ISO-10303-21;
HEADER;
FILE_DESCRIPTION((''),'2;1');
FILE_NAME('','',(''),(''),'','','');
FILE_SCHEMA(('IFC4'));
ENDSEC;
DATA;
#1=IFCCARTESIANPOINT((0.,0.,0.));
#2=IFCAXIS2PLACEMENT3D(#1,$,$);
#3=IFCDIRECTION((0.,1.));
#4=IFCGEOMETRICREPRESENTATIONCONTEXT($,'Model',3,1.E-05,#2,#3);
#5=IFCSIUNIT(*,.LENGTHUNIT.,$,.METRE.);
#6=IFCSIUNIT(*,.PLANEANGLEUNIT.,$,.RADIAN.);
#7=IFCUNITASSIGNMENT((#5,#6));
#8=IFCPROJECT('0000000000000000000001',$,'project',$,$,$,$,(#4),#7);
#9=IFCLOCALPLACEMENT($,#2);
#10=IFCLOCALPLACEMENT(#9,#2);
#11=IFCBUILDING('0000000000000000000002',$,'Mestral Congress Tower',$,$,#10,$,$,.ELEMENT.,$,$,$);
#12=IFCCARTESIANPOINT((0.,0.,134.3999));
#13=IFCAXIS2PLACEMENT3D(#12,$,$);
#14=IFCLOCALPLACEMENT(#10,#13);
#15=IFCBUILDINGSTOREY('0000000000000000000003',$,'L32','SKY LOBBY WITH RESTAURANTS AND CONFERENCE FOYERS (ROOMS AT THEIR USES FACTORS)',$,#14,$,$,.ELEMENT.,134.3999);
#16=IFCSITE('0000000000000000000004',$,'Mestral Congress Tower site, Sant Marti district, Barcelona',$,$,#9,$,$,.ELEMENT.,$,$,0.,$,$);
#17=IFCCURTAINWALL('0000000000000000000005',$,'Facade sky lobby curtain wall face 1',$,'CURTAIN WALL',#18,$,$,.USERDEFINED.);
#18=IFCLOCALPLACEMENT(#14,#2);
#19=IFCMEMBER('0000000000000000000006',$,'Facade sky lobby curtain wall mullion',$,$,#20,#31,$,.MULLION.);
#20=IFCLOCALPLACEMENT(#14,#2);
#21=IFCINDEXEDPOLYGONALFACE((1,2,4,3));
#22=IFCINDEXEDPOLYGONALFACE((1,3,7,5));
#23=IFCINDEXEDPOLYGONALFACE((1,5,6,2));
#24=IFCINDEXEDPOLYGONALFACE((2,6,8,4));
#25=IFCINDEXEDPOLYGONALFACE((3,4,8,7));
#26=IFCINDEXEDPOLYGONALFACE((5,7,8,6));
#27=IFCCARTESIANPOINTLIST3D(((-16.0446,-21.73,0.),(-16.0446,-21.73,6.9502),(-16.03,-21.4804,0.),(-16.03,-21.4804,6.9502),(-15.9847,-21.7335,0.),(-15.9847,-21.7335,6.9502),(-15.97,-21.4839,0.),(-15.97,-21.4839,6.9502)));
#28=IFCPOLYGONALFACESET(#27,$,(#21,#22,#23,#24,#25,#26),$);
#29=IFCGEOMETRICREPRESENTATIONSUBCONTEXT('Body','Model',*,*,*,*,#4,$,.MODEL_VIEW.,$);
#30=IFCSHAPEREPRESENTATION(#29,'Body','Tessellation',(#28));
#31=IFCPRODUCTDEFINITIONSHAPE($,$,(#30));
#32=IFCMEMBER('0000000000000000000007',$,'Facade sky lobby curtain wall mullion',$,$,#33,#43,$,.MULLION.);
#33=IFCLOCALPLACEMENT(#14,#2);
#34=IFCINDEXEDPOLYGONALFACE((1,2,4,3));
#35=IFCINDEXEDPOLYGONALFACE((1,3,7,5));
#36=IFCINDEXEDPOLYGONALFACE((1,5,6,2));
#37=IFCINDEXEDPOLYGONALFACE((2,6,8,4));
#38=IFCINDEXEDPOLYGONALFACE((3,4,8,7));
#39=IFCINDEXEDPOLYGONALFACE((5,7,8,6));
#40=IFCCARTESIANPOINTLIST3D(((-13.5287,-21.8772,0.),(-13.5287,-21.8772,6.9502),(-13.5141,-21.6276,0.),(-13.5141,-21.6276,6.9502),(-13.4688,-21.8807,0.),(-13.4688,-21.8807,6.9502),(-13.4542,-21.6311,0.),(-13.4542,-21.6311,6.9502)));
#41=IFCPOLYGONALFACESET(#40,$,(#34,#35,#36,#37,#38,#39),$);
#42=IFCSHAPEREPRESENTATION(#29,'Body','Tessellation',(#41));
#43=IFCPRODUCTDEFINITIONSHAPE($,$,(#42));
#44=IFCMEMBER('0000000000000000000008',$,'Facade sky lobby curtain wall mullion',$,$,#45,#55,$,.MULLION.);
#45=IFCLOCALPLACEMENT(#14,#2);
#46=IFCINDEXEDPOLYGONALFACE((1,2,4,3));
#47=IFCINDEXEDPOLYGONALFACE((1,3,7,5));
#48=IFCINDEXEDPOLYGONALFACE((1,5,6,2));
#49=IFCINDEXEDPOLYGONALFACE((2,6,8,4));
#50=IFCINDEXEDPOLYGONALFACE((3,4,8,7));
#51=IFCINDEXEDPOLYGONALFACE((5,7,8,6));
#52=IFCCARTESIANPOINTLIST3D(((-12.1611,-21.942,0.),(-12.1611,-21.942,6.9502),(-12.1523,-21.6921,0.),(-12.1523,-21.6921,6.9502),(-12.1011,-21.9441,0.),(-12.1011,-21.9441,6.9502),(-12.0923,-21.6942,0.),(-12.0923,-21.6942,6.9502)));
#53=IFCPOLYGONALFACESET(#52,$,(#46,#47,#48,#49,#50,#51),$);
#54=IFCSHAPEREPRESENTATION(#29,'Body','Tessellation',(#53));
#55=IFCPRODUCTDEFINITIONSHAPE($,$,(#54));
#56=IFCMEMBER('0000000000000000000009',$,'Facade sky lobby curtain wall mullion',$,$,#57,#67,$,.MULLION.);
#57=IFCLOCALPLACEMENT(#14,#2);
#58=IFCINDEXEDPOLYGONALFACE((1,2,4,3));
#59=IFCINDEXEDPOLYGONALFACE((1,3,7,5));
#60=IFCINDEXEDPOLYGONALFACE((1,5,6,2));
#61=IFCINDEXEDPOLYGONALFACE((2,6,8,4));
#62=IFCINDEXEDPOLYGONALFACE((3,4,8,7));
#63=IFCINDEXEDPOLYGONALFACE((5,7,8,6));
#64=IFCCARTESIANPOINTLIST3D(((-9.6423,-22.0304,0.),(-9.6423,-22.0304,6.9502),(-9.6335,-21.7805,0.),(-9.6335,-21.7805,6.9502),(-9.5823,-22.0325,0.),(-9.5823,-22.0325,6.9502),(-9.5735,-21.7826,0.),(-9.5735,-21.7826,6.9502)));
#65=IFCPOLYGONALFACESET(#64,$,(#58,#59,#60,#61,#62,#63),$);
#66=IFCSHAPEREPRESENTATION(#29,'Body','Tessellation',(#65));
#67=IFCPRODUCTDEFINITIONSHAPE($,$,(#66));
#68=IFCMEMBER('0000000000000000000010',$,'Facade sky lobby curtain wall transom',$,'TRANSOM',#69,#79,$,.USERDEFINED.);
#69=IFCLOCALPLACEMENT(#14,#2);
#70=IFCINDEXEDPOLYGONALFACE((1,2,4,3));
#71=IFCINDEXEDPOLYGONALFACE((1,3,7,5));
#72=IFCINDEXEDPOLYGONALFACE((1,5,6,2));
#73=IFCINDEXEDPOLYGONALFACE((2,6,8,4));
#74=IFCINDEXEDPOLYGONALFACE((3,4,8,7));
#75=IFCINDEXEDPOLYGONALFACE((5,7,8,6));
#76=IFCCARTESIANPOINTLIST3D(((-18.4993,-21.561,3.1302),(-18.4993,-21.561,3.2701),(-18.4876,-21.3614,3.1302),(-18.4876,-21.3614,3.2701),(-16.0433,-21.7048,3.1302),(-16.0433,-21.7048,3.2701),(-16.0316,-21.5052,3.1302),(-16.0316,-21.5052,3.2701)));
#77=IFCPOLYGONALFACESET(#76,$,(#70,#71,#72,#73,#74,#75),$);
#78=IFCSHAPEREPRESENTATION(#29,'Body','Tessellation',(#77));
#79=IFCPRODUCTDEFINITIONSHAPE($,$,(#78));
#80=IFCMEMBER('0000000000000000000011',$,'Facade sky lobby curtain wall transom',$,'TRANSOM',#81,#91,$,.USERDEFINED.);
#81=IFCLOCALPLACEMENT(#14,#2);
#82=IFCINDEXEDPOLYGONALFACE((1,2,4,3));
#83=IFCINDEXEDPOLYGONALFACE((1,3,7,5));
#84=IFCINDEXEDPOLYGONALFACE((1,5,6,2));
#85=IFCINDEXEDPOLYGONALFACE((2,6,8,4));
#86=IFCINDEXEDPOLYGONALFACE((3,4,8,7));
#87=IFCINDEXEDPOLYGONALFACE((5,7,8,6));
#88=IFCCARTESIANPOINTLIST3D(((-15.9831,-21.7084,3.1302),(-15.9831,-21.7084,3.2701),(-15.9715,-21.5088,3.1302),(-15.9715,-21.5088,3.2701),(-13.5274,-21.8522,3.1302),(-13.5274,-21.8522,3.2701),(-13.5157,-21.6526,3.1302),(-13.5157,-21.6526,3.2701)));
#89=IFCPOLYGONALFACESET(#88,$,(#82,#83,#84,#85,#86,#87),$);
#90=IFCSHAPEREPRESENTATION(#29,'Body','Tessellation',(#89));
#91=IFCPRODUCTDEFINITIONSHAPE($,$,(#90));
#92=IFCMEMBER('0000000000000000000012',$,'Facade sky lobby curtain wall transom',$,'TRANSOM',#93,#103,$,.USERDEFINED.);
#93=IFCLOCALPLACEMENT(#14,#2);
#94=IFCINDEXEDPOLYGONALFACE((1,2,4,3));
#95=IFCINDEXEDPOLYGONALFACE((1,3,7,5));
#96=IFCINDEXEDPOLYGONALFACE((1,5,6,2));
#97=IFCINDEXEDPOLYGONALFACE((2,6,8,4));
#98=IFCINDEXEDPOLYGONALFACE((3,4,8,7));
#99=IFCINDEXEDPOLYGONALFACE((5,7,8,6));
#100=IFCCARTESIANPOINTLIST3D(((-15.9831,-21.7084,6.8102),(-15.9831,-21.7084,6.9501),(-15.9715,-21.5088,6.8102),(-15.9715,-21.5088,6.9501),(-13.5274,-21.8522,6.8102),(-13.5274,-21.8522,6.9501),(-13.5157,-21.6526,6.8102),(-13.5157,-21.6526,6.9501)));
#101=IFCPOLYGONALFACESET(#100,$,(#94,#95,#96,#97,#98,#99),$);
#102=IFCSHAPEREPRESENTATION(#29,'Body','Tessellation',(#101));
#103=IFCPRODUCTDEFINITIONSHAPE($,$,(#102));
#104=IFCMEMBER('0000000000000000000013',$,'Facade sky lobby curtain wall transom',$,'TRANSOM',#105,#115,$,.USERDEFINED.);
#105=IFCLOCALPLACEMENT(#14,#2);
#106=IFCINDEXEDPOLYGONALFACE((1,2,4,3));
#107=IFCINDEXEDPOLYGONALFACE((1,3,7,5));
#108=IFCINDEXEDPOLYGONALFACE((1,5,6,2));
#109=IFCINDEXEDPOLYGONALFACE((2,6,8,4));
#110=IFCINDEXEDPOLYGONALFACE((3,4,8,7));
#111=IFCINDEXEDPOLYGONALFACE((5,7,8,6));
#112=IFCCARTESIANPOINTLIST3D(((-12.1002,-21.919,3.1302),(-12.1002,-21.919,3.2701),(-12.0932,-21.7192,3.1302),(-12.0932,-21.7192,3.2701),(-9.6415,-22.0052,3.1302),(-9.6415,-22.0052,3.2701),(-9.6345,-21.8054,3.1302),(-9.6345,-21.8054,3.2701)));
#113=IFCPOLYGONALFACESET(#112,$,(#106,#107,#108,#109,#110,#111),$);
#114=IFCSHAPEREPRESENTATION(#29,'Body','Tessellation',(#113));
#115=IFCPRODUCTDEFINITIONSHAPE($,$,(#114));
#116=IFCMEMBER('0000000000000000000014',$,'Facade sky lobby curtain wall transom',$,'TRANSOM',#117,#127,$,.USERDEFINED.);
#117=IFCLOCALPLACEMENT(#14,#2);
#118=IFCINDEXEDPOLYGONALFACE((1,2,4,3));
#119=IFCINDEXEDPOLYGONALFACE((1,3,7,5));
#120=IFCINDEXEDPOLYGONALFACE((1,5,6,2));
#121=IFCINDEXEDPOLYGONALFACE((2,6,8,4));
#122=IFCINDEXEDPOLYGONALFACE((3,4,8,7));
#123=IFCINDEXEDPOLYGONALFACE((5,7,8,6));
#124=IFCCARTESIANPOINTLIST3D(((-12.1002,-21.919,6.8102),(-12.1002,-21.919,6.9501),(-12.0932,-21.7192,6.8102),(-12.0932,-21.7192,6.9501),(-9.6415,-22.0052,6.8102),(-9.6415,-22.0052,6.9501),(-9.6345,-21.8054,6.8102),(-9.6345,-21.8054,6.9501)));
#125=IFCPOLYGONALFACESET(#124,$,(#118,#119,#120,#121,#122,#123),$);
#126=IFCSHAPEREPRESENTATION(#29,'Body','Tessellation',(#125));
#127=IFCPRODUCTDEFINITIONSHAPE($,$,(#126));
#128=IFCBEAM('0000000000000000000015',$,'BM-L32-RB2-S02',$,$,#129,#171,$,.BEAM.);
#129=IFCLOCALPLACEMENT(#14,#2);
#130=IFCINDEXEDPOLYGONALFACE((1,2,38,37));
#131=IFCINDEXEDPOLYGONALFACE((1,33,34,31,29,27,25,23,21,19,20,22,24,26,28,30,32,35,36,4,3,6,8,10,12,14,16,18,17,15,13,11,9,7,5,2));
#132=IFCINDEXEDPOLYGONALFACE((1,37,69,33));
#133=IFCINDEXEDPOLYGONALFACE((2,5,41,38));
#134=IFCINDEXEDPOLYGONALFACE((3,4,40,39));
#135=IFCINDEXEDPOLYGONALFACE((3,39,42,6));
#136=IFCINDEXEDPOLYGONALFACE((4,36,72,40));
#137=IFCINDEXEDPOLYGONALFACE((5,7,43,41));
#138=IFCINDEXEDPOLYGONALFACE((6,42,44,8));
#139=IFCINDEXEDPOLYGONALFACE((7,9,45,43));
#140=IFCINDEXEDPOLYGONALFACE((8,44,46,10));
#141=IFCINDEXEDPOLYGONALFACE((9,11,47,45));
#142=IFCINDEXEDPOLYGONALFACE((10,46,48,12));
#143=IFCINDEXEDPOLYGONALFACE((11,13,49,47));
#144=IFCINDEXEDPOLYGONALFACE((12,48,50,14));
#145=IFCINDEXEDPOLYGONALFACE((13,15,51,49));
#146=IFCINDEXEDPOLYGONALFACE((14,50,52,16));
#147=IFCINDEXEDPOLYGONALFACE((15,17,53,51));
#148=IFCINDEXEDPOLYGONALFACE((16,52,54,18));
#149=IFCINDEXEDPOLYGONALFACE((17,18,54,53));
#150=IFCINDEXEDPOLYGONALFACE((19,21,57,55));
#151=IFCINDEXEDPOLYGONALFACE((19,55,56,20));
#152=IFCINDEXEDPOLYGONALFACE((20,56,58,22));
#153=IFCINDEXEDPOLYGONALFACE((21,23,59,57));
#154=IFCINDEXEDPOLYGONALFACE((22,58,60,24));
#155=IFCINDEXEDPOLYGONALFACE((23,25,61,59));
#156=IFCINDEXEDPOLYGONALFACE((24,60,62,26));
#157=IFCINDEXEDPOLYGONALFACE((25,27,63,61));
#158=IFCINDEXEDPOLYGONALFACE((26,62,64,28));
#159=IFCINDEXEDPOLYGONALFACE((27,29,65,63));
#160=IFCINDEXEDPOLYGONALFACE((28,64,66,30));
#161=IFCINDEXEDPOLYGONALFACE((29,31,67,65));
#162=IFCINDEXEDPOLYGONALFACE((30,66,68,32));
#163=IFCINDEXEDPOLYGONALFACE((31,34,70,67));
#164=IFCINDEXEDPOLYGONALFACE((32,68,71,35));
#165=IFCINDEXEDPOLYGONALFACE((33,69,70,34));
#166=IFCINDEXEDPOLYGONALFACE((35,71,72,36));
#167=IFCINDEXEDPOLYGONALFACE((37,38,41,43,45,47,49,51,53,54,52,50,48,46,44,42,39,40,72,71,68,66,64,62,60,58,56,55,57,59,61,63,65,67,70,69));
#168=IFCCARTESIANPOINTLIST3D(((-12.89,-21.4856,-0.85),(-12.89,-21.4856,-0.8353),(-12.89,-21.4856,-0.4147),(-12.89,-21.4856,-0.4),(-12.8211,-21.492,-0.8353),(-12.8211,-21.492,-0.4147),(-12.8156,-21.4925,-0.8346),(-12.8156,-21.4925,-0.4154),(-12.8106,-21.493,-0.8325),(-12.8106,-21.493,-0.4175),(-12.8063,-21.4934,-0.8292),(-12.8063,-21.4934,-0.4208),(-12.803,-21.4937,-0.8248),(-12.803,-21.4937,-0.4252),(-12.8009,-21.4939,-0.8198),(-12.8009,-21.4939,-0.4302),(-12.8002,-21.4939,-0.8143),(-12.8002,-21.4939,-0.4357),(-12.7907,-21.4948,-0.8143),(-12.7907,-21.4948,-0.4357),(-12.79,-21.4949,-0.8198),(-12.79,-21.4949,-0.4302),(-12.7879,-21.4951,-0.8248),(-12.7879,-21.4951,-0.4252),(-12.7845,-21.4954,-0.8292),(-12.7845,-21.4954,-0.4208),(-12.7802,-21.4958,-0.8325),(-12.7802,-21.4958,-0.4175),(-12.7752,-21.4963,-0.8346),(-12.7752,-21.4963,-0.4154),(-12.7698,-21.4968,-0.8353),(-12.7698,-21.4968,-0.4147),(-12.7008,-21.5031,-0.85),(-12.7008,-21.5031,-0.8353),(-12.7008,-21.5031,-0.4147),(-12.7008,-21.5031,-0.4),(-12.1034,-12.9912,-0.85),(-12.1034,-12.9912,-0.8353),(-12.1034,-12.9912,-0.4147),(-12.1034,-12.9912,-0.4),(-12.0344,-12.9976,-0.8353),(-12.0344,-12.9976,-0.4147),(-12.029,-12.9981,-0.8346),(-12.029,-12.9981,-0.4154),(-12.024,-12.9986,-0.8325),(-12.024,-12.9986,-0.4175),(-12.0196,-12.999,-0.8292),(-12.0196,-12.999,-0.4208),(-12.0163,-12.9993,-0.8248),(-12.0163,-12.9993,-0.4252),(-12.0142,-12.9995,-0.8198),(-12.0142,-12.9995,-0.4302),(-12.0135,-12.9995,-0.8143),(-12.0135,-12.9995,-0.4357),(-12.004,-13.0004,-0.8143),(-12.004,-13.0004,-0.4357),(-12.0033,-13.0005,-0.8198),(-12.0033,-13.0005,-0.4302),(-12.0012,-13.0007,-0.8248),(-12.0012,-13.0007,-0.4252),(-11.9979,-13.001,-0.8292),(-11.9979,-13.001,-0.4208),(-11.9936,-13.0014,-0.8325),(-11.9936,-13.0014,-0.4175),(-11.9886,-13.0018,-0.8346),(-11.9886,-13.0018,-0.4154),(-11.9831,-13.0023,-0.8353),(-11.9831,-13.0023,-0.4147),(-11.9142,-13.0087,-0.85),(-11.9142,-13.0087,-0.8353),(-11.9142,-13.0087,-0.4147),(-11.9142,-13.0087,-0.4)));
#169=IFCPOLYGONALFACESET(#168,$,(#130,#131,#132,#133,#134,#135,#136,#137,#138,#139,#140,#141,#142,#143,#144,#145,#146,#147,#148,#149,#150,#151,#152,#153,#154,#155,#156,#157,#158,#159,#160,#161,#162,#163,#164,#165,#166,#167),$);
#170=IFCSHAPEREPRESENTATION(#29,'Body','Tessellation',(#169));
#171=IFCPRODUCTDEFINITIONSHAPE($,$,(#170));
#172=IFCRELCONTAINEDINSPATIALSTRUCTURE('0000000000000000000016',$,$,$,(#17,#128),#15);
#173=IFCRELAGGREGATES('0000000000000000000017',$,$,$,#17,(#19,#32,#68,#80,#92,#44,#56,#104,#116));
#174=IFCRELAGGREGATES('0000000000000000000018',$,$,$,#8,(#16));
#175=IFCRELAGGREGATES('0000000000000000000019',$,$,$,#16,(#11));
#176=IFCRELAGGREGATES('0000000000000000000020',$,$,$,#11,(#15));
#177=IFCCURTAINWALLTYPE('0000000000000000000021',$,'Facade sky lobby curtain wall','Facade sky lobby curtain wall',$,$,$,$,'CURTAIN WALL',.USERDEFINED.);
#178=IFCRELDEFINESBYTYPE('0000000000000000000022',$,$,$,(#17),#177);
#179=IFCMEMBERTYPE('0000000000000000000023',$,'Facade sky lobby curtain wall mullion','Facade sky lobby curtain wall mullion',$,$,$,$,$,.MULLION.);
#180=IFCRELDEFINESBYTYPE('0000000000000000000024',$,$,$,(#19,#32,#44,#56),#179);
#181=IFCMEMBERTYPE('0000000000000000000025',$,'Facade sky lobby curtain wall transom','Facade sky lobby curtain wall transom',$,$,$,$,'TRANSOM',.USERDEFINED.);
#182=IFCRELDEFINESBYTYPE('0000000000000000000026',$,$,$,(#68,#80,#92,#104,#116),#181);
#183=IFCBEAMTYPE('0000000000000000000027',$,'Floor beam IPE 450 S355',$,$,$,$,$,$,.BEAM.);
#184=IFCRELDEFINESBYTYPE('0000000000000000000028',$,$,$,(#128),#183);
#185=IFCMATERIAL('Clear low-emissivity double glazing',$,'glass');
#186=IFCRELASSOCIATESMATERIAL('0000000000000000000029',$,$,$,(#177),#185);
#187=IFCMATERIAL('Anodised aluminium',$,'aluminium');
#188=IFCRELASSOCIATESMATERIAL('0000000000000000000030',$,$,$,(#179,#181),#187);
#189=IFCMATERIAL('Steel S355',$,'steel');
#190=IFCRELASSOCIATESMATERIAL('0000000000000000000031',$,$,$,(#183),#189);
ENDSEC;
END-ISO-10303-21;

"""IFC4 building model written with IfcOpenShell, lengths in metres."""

from ifc_helpers import new_model, si_unit, direction, frame, origin, origin_2d, place, context, subcontext, project, spatial, rectangle, i_section, extrude, material, material_profile, profile_set, type_object, element, aggregate, save


model = new_model("IFC4")

# Units and contexts
model_context = context("Model", 3, precision=1e-05, world=origin(), true_north=direction((0.0, 1.0)))
body_context = subcontext(model_context, "Body", "Model", "MODEL_VIEW")
ifc_project = project(units=[si_unit("LENGTHUNIT", "METRE"), si_unit("PLANEANGLEUNIT", "RADIAN")], contexts=[model_context])

# Site, building, storey
site_placement = place(None, origin())
site = spatial("IfcSite", under=ifc_project, at=site_placement, Name="Mestral Congress Tower site, Sant Marti district, Barcelona", CompositionType="ELEMENT", RefElevation=0.0)
building_placement = place(site_placement, origin())
building = spatial("IfcBuilding", under=site, at=building_placement, Name="Mestral Congress Tower", CompositionType="ELEMENT")
storey_placement = place(building_placement, frame((0.0, 0.0, 134.3999)))
storey = spatial("IfcBuildingStorey", under=building, at=storey_placement, Name="L32", Description="SKY LOBBY WITH RESTAURANTS AND CONFERENCE FOYERS (ROOMS AT THEIR USES FACTORS)", CompositionType="ELEMENT", Elevation=134.3999)

# Shared definitions
ifc_material_1 = material(Name="Steel S355", Category="steel")

# Curtain wall, members
ifc_material_2 = material(Name="Clear low-emissivity double glazing", Category="glass")
curtain_wall_type = type_object("IfcCurtainWallType", Name="Facade sky lobby curtain wall", Description="Facade sky lobby curtain wall", ElementType="CURTAIN WALL", PredefinedType="USERDEFINED", material=ifc_material_2)
curtain_wall_placement = place(storey_placement, origin())
curtain_wall = element("IfcCurtainWall", 1, at=curtain_wall_placement, inside=storey, type_object=curtain_wall_type, Name="Facade sky lobby curtain wall face 1", ObjectType="CURTAIN WALL", PredefinedType="USERDEFINED")
ifc_material_3 = material(Name="Anodised aluminium", Category="aluminium")
ifc_material_profile_1 = material_profile(ifc_material_3, rectangle(XDim=0.25, YDim=0.0601, at=origin_2d()), Name="CW1 mullion 250 x 60")
ifc_profile_set_1 = profile_set([ifc_material_profile_1], Name="Anodised aluminium")
member_type_1 = type_object("IfcMemberType", Name="Facade sky lobby curtain wall mullion", Description="Facade sky lobby curtain wall mullion", PredefinedType="MULLION", material=ifc_profile_set_1)
member_1_placement = place(storey_placement, frame((-16.0073, -21.6069, 0.0), z_axis=(0.0, 0.0, 1.0), x_axis=(-0.058437, -0.998291, 0.0)))
member_1 = element("IfcMember", 2, at=member_1_placement, type_object=member_type_1, Name="Facade sky lobby curtain wall mullion", PredefinedType="MULLION", context=body_context, shape_type="SweptSolid", body=[
    extrude(rectangle(XDim=0.25, YDim=0.0601, at=origin_2d()), origin(), (0.0, 0.0, 1.0), 6.9502),
])
member_2_placement = place(storey_placement, frame((-13.4915, -21.7542, 0.0), z_axis=(0.0, 0.0, 1.0), x_axis=(-0.058437, -0.998291, 0.0)))
member_2 = element("IfcMember", 3, at=member_2_placement, type_object=member_type_1, Name="Facade sky lobby curtain wall mullion", PredefinedType="MULLION", context=body_context, shape_type="SweptSolid", body=[
    extrude(rectangle(XDim=0.25, YDim=0.0601, at=origin_2d()), origin(), (0.0, 0.0, 1.0), 6.9502),
])
member_3_placement = place(storey_placement, frame((-12.1267, -21.8181, 0.0), z_axis=(0.0, 0.0, 1.0), x_axis=(-0.035067, -0.999385, 0.0)))
member_3 = element("IfcMember", 4, at=member_3_placement, type_object=member_type_1, Name="Facade sky lobby curtain wall mullion", PredefinedType="MULLION", context=body_context, shape_type="SweptSolid", body=[
    extrude(rectangle(XDim=0.25, YDim=0.0601, at=origin_2d()), origin(), (0.0, 0.0, 1.0), 6.9502),
])
member_4_placement = place(storey_placement, frame((-9.6079, -21.9065, 0.0), z_axis=(0.0, 0.0, 1.0), x_axis=(-0.035067, -0.999385, 0.0)))
member_4 = element("IfcMember", 5, at=member_4_placement, type_object=member_type_1, Name="Facade sky lobby curtain wall mullion", PredefinedType="MULLION", context=body_context, shape_type="SweptSolid", body=[
    extrude(rectangle(XDim=0.25, YDim=0.0601, at=origin_2d()), origin(), (0.0, 0.0, 1.0), 6.9502),
])
ifc_material_profile_2 = material_profile(ifc_material_3, rectangle(XDim=0.2, YDim=0.1399, at=origin_2d()), Name="CW1 transom 200 x 140")
ifc_profile_set_2 = profile_set([ifc_material_profile_2], Name="Anodised aluminium")
member_type_2 = type_object("IfcMemberType", Name="Facade sky lobby curtain wall transom", Description="Facade sky lobby curtain wall transom", ElementType="TRANSOM", PredefinedType="USERDEFINED", material=ifc_profile_set_2)
member_5_placement = place(storey_placement, frame((-18.4934, -21.4612, 3.2002), z_axis=(0.99829, -0.058449, 0.0), x_axis=(0.058449, 0.99829, 0.0)))
member_5 = element("IfcMember", 6, at=member_5_placement, type_object=member_type_2, Name="Facade sky lobby curtain wall transom", ObjectType="TRANSOM", PredefinedType="USERDEFINED", context=body_context, shape_type="SweptSolid", body=[
    extrude(rectangle(XDim=0.2, YDim=0.1399, at=origin_2d()), origin(), (0.0, 0.0, 1.0), 2.4602),
])
member_6_placement = place(storey_placement, frame((-15.9773, -21.6086, 3.2002), z_axis=(0.99829, -0.058454, 0.0), x_axis=(0.058454, 0.99829, 0.0)))
member_6 = element("IfcMember", 7, at=member_6_placement, type_object=member_type_2, Name="Facade sky lobby curtain wall transom", ObjectType="TRANSOM", PredefinedType="USERDEFINED", context=body_context, shape_type="SweptSolid", body=[
    extrude(rectangle(XDim=0.2, YDim=0.1399, at=origin_2d()), origin(), (0.0, 0.0, 1.0), 2.46),
])
member_7_placement = place(storey_placement, frame((-15.9773, -21.6086, 6.8801), z_axis=(0.99829, -0.058454, 0.0), x_axis=(0.058454, 0.99829, 0.0)))
member_7 = element("IfcMember", 8, at=member_7_placement, type_object=member_type_2, Name="Facade sky lobby curtain wall transom", ObjectType="TRANSOM", PredefinedType="USERDEFINED", context=body_context, shape_type="SweptSolid", body=[
    extrude(rectangle(XDim=0.2, YDim=0.1399, at=origin_2d()), origin(), (0.0, 0.0, 1.0), 2.46),
])
member_8_placement = place(storey_placement, frame((-12.0967, -21.8191, 3.2002), z_axis=(0.999386, -0.03503, 0.0), x_axis=(0.03503, 0.999386, 0.0)))
member_8 = element("IfcMember", 9, at=member_8_placement, type_object=member_type_2, Name="Facade sky lobby curtain wall transom", ObjectType="TRANSOM", PredefinedType="USERDEFINED", context=body_context, shape_type="SweptSolid", body=[
    extrude(rectangle(XDim=0.2, YDim=0.1399, at=origin_2d()), origin(), (0.0, 0.0, 1.0), 2.4602),
])
member_9_placement = place(storey_placement, frame((-12.0967, -21.8191, 6.8801), z_axis=(0.999386, -0.03503, 0.0), x_axis=(0.03503, 0.999386, 0.0)))
member_9 = element("IfcMember", 10, at=member_9_placement, type_object=member_type_2, Name="Facade sky lobby curtain wall transom", ObjectType="TRANSOM", PredefinedType="USERDEFINED", context=body_context, shape_type="SweptSolid", body=[
    extrude(rectangle(XDim=0.2, YDim=0.1399, at=origin_2d()), origin(), (0.0, 0.0, 1.0), 2.4602),
])

# Beam
ifc_material_profile_3 = material_profile(ifc_material_1, i_section(OverallWidth=0.1899, OverallDepth=0.45, WebThickness=0.0095, FlangeThickness=0.0146, FilletRadius=0.021, at=origin_2d()), Name="IPE 450")
ifc_profile_set_3 = profile_set([ifc_material_profile_3], Name="Steel S355")
beam_type_1 = type_object("IfcBeamType", Name="Floor beam IPE 450 S355", PredefinedType="BEAM", material=ifc_profile_set_3)
beam_1_placement = place(storey_placement, frame((-12.7954, -21.4944, -0.625), z_axis=(0.09221, 0.99574, 0.0), x_axis=(-0.99574, 0.09221, 0.0)))
element("IfcBeam", 11, at=beam_1_placement, inside=storey, type_object=beam_type_1, Name="BM-L32-RB2-S02", PredefinedType="BEAM", context=body_context, shape_type="SweptSolid", body=[
    extrude(i_section(OverallWidth=0.1899, OverallDepth=0.45, WebThickness=0.0095, FlangeThickness=0.0146, FilletRadius=0.021, at=origin_2d()), origin(), (0.0, 0.0, 1.0), 8.5308),
])

aggregate(curtain_wall, [member_1, member_2, member_5, member_6, member_7, member_3, member_4, member_8, member_9])

save(model, "model.ifc")
